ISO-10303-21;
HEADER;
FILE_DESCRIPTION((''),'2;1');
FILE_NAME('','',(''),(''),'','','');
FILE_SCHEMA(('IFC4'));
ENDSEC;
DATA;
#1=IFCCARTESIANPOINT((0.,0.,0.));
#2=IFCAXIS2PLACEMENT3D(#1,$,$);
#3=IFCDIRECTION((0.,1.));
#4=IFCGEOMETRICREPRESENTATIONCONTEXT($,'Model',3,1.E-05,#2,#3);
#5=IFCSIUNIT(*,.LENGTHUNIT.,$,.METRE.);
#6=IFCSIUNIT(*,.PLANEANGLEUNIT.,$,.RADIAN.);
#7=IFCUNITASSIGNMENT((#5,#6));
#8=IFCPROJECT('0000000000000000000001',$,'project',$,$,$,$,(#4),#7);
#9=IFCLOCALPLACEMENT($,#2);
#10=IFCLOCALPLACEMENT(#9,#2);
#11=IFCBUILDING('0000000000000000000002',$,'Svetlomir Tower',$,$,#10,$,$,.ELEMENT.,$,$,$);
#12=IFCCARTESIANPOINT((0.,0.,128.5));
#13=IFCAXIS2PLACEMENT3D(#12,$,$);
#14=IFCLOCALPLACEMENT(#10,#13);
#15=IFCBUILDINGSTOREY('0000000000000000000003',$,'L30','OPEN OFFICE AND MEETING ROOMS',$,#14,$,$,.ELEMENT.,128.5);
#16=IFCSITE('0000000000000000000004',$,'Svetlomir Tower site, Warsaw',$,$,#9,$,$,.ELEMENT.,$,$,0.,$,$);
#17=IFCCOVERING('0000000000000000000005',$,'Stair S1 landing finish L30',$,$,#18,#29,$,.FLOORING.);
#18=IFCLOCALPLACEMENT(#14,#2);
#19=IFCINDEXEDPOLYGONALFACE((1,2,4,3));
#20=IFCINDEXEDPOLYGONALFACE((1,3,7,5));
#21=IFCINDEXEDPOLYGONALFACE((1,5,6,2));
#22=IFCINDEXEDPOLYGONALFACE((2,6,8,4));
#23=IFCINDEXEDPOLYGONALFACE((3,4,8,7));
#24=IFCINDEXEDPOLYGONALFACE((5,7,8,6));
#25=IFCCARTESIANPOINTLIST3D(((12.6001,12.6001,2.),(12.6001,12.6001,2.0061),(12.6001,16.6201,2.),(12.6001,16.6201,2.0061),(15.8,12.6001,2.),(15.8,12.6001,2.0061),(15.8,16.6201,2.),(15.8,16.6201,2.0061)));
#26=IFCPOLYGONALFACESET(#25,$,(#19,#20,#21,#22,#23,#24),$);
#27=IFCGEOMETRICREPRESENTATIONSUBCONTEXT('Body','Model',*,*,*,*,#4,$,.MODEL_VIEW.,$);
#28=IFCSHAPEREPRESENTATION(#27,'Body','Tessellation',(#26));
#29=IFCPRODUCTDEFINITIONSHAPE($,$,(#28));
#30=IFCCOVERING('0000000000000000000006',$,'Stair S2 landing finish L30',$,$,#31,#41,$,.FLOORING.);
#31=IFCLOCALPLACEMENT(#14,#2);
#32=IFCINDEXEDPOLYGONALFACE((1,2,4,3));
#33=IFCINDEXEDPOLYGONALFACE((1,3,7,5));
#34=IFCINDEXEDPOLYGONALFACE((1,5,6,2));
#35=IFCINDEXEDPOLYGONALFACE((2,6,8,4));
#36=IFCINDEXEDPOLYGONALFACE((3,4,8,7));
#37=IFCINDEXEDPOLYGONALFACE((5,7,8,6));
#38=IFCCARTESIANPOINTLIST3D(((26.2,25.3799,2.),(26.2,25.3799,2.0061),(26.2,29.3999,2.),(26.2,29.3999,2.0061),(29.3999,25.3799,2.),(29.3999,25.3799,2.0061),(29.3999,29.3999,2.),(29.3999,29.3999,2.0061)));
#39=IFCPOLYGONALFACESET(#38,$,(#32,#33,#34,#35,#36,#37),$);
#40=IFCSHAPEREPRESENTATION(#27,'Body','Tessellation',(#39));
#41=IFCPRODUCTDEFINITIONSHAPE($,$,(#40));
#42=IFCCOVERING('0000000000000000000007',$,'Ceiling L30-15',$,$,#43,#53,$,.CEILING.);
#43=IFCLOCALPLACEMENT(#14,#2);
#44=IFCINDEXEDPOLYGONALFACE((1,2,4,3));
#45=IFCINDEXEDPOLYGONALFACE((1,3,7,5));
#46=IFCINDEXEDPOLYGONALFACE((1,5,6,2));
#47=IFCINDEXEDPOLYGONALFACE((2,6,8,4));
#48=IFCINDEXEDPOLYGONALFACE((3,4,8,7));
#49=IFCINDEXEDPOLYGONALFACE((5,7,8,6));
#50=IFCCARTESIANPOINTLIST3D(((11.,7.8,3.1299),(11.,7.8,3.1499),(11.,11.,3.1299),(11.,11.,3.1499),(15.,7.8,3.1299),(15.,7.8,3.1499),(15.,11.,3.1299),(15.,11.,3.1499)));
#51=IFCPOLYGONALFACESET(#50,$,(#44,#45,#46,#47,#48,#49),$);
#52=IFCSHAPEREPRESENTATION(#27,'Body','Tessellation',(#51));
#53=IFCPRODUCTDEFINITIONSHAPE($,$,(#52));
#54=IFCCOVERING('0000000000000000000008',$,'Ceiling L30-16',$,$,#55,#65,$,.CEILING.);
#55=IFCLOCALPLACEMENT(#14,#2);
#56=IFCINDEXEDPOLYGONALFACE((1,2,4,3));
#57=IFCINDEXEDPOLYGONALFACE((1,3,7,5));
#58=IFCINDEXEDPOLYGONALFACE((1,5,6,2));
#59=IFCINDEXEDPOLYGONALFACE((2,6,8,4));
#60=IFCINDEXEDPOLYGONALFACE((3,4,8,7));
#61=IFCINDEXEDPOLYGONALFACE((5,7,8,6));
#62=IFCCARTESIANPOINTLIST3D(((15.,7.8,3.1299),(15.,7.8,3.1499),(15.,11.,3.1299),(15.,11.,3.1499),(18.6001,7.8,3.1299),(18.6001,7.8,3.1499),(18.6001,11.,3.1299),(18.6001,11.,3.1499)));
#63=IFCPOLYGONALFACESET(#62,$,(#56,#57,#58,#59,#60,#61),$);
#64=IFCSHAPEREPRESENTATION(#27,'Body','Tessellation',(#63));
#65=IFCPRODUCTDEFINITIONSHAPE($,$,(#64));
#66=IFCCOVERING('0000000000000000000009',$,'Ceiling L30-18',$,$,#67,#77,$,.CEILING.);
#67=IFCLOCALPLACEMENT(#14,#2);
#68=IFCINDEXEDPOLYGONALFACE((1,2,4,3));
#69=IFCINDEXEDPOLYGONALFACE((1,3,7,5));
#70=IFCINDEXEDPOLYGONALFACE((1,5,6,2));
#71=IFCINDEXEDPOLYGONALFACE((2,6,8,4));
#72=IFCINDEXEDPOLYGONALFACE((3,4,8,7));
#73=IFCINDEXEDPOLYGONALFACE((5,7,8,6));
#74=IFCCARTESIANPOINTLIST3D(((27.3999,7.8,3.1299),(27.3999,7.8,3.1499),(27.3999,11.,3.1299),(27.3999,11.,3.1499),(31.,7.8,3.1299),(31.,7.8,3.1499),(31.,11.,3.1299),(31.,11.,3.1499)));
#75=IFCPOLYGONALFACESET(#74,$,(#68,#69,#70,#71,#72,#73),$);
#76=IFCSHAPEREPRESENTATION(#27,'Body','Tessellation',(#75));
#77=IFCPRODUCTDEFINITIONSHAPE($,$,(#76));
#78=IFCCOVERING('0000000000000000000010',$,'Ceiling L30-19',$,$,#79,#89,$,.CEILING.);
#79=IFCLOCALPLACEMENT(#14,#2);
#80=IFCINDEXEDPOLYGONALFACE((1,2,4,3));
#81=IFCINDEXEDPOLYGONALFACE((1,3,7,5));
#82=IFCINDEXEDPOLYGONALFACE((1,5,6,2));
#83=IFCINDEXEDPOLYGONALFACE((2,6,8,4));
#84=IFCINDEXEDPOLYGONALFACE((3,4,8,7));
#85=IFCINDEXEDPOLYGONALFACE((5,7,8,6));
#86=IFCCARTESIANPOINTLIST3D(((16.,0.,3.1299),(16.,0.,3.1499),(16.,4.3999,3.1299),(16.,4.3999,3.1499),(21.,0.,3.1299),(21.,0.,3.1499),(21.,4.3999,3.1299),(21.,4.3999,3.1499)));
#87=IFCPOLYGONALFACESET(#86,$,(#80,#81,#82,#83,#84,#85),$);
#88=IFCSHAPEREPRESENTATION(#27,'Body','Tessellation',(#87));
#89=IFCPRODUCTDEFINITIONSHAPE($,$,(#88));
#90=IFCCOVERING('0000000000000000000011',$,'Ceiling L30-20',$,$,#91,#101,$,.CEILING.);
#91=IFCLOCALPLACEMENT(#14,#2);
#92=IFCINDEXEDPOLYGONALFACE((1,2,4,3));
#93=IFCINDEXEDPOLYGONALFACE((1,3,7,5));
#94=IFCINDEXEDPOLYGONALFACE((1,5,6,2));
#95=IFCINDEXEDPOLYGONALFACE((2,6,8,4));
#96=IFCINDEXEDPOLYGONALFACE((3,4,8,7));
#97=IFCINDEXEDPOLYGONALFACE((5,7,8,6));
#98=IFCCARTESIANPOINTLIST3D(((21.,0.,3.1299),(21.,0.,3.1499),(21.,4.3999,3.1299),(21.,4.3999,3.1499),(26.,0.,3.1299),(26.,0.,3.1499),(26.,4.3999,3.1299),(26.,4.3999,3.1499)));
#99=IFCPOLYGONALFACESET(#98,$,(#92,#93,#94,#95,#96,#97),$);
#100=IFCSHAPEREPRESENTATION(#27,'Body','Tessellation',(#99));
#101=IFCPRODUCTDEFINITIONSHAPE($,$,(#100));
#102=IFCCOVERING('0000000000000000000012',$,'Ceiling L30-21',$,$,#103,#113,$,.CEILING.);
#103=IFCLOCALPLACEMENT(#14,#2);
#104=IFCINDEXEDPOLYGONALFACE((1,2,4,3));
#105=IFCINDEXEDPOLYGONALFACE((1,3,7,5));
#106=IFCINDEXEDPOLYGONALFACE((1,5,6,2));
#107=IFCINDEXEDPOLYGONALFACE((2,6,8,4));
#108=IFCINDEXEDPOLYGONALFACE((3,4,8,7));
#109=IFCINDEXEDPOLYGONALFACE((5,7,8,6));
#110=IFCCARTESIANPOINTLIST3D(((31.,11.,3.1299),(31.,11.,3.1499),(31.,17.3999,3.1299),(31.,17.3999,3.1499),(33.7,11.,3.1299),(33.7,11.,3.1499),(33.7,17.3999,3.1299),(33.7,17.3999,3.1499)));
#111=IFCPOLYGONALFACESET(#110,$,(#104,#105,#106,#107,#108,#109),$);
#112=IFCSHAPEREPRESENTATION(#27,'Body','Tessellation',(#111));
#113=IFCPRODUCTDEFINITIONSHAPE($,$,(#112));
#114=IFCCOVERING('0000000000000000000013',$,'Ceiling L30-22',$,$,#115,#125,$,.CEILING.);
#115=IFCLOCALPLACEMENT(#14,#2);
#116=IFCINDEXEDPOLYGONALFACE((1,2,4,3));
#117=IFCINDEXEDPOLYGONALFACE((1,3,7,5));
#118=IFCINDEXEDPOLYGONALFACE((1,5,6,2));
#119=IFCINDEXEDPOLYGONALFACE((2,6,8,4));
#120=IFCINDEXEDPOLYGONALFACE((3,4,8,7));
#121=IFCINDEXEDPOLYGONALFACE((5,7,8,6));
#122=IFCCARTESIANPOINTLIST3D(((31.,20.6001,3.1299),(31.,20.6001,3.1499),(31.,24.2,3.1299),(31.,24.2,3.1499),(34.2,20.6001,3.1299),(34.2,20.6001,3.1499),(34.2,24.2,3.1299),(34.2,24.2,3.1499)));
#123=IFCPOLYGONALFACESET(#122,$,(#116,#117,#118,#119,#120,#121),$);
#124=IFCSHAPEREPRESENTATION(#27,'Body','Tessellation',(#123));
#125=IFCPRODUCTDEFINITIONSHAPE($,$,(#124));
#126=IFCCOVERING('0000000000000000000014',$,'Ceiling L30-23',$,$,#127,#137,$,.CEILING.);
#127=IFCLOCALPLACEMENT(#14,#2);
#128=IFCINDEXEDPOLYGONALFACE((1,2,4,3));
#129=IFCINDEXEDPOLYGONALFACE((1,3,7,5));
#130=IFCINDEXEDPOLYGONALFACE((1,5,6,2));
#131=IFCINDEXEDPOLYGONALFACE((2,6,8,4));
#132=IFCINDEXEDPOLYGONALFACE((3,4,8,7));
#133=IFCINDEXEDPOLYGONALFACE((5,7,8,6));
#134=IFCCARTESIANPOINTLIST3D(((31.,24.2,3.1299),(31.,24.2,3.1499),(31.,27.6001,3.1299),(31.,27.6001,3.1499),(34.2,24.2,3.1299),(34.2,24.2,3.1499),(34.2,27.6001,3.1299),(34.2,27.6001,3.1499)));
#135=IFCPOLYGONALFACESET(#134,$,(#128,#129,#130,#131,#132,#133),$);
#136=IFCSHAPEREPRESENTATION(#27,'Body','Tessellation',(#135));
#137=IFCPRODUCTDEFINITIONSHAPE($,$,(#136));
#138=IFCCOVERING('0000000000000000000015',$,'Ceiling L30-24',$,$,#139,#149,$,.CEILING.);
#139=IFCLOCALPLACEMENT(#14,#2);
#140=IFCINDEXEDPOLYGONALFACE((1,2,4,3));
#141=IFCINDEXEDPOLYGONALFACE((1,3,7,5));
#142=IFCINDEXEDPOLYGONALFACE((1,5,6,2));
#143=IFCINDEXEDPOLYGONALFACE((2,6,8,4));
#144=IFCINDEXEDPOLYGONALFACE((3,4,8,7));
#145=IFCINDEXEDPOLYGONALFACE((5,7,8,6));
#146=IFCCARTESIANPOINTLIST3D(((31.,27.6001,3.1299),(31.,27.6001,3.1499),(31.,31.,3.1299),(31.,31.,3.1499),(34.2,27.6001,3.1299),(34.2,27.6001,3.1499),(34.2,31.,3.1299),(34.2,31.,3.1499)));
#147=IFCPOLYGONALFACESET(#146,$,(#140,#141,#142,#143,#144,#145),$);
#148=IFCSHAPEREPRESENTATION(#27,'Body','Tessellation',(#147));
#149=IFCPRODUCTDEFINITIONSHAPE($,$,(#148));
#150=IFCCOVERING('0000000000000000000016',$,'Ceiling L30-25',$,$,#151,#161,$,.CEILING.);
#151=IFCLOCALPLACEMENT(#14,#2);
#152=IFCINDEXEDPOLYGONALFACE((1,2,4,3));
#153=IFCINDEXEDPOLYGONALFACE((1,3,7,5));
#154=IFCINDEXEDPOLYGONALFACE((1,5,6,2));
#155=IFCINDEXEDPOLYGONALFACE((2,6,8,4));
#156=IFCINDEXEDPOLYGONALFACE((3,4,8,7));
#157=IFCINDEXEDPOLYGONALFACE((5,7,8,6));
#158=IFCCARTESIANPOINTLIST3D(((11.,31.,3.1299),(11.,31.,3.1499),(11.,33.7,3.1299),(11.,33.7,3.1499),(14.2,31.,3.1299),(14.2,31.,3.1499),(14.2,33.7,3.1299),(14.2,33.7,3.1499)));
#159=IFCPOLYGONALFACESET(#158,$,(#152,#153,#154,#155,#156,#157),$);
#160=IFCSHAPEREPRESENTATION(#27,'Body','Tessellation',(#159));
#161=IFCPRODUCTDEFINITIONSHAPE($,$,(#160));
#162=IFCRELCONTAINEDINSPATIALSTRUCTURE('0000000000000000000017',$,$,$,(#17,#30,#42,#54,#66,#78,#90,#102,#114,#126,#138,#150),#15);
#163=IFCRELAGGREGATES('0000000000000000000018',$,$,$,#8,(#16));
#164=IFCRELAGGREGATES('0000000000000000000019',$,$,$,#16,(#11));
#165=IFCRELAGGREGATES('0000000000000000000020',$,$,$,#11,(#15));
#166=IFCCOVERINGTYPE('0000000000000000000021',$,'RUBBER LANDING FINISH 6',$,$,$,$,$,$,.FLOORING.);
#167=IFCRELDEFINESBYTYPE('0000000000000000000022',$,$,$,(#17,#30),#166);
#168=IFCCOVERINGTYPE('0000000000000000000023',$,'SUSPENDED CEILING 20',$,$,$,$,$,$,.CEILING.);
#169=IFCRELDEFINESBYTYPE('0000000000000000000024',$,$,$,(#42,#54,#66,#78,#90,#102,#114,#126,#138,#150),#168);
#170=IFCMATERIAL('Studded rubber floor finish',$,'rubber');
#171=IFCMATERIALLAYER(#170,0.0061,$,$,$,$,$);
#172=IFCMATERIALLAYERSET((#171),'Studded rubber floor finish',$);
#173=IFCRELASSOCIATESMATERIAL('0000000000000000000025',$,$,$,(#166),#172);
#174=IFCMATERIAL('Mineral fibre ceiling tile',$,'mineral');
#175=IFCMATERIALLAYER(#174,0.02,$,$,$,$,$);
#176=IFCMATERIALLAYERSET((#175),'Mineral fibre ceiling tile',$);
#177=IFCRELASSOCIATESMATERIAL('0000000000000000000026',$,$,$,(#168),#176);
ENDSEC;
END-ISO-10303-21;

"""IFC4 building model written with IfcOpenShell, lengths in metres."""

from ifc_helpers import new_model, si_unit, direction, frame, origin, place, context, subcontext, project, spatial, polyline, outline, extrude, material, layer, layer_set, type_object, element, save


model = new_model("IFC4")

# Units and contexts
model_context = context("Model", 3, precision=1e-05, world=origin(), true_north=direction((0.0, 1.0)))
body_context = subcontext(model_context, "Body", "Model", "MODEL_VIEW")
ifc_project = project(units=[si_unit("LENGTHUNIT", "METRE"), si_unit("PLANEANGLEUNIT", "RADIAN")], contexts=[model_context])

# Site, building, storey
site_placement = place(None, origin())
site = spatial("IfcSite", under=ifc_project, at=site_placement, Name="Svetlomir Tower site, Warsaw", CompositionType="ELEMENT", RefElevation=0.0)
building_placement = place(site_placement, origin())
building = spatial("IfcBuilding", under=site, at=building_placement, Name="Svetlomir Tower", CompositionType="ELEMENT")
storey_placement = place(building_placement, frame((0.0, 0.0, 128.5)))
storey = spatial("IfcBuildingStorey", under=building, at=storey_placement, Name="L30", Description="OPEN OFFICE AND MEETING ROOMS", CompositionType="ELEMENT", Elevation=128.5)

# Coverings
ifc_material_1 = material(Name="Studded rubber floor finish", Category="rubber")
ifc_layer_1 = layer(ifc_material_1, 0.0061)
ifc_layer_set_1 = layer_set([ifc_layer_1], Name="Studded rubber floor finish")
covering_type_1 = type_object("IfcCoveringType", Name="RUBBER LANDING FINISH 6", PredefinedType="FLOORING", material=ifc_layer_set_1)
covering_1_placement = place(storey_placement, frame((0.0, 0.0, 2.0)))
element("IfcCovering", 1, at=covering_1_placement, inside=storey, type_object=covering_type_1, Name="Stair S1 landing finish L30", PredefinedType="FLOORING", context=body_context, shape_type="SweptSolid", body=[
    extrude(outline(polyline([(12.6001, 12.6001), (15.8, 12.6001), (15.8, 16.6201), (12.6001, 16.6201), (12.6001, 12.6001)])), origin(), (0.0, 0.0, 1.0), 0.0061),
])
covering_2_placement = place(storey_placement, frame((0.0, 0.0, 2.0)))
element("IfcCovering", 2, at=covering_2_placement, inside=storey, type_object=covering_type_1, Name="Stair S2 landing finish L30", PredefinedType="FLOORING", context=body_context, shape_type="SweptSolid", body=[
    extrude(outline(polyline([(26.2, 25.3799), (29.3999, 25.3799), (29.3999, 29.3999), (26.2, 29.3999), (26.2, 25.3799)])), origin(), (0.0, 0.0, 1.0), 0.0061),
])
ifc_material_2 = material(Name="Mineral fibre ceiling tile", Category="mineral")
ifc_layer_2 = layer(ifc_material_2, 0.02)
ifc_layer_set_2 = layer_set([ifc_layer_2], Name="Mineral fibre ceiling tile")
covering_type_2 = type_object("IfcCoveringType", Name="SUSPENDED CEILING 20", PredefinedType="CEILING", material=ifc_layer_set_2)
covering_3_placement = place(storey_placement, frame((0.0, 0.0, 3.1299)))
element("IfcCovering", 3, at=covering_3_placement, inside=storey, type_object=covering_type_2, Name="Ceiling L30-15", PredefinedType="CEILING", context=body_context, shape_type="SweptSolid", body=[
    extrude(outline(polyline([(11.0, 7.8), (15.0, 7.8), (15.0, 11.0), (11.0, 11.0), (11.0, 7.8)])), origin(), (0.0, 0.0, 1.0), 0.02),
])
covering_4_placement = place(storey_placement, frame((0.0, 0.0, 3.1299)))
element("IfcCovering", 4, at=covering_4_placement, inside=storey, type_object=covering_type_2, Name="Ceiling L30-16", PredefinedType="CEILING", context=body_context, shape_type="SweptSolid", body=[
    extrude(outline(polyline([(15.0, 7.8), (18.6001, 7.8), (18.6001, 11.0), (15.0, 11.0), (15.0, 7.8)])), origin(), (0.0, 0.0, 1.0), 0.02),
])
covering_5_placement = place(storey_placement, frame((0.0, 0.0, 3.1299)))
element("IfcCovering", 5, at=covering_5_placement, inside=storey, type_object=covering_type_2, Name="Ceiling L30-18", PredefinedType="CEILING", context=body_context, shape_type="SweptSolid", body=[
    extrude(outline(polyline([(27.3999, 7.8), (31.0, 7.8), (31.0, 11.0), (27.3999, 11.0), (27.3999, 7.8)])), origin(), (0.0, 0.0, 1.0), 0.02),
])
covering_6_placement = place(storey_placement, frame((0.0, 0.0, 3.1299)))
element("IfcCovering", 6, at=covering_6_placement, inside=storey, type_object=covering_type_2, Name="Ceiling L30-19", PredefinedType="CEILING", context=body_context, shape_type="SweptSolid", body=[
    extrude(outline(polyline([(16.0, 0.0), (21.0, 0.0), (21.0, 4.3999), (16.0, 4.3999), (16.0, 0.0)])), origin(), (0.0, 0.0, 1.0), 0.02),
])
covering_7_placement = place(storey_placement, frame((0.0, 0.0, 3.1299)))
element("IfcCovering", 7, at=covering_7_placement, inside=storey, type_object=covering_type_2, Name="Ceiling L30-20", PredefinedType="CEILING", context=body_context, shape_type="SweptSolid", body=[
    extrude(outline(polyline([(21.0, 0.0), (26.0, 0.0), (26.0, 4.3999), (21.0, 4.3999), (21.0, 0.0)])), origin(), (0.0, 0.0, 1.0), 0.02),
])
covering_8_placement = place(storey_placement, frame((0.0, 0.0, 3.1299)))
element("IfcCovering", 8, at=covering_8_placement, inside=storey, type_object=covering_type_2, Name="Ceiling L30-21", PredefinedType="CEILING", context=body_context, shape_type="SweptSolid", body=[
    extrude(outline(polyline([(31.0, 11.0), (33.7, 11.0), (33.7, 17.3999), (31.0, 17.3999), (31.0, 11.0)])), origin(), (0.0, 0.0, 1.0), 0.02),
])
covering_9_placement = place(storey_placement, frame((0.0, 0.0, 3.1299)))
element("IfcCovering", 9, at=covering_9_placement, inside=storey, type_object=covering_type_2, Name="Ceiling L30-22", PredefinedType="CEILING", context=body_context, shape_type="SweptSolid", body=[
    extrude(outline(polyline([(31.0, 20.6001), (34.2, 20.6001), (34.2, 24.2), (31.0, 24.2), (31.0, 20.6001)])), origin(), (0.0, 0.0, 1.0), 0.02),
])
covering_10_placement = place(storey_placement, frame((0.0, 0.0, 3.1299)))
element("IfcCovering", 10, at=covering_10_placement, inside=storey, type_object=covering_type_2, Name="Ceiling L30-23", PredefinedType="CEILING", context=body_context, shape_type="SweptSolid", body=[
    extrude(outline(polyline([(31.0, 24.2), (34.2, 24.2), (34.2, 27.6001), (31.0, 27.6001), (31.0, 24.2)])), origin(), (0.0, 0.0, 1.0), 0.02),
])
covering_11_placement = place(storey_placement, frame((0.0, 0.0, 3.1299)))
element("IfcCovering", 11, at=covering_11_placement, inside=storey, type_object=covering_type_2, Name="Ceiling L30-24", PredefinedType="CEILING", context=body_context, shape_type="SweptSolid", body=[
    extrude(outline(polyline([(31.0, 27.6001), (34.2, 27.6001), (34.2, 31.0), (31.0, 31.0), (31.0, 27.6001)])), origin(), (0.0, 0.0, 1.0), 0.02),
])
covering_12_placement = place(storey_placement, frame((0.0, 0.0, 3.1299)))
element("IfcCovering", 12, at=covering_12_placement, inside=storey, type_object=covering_type_2, Name="Ceiling L30-25", PredefinedType="CEILING", context=body_context, shape_type="SweptSolid", body=[
    extrude(outline(polyline([(11.0, 31.0), (14.2, 31.0), (14.2, 33.7), (11.0, 33.7), (11.0, 31.0)])), origin(), (0.0, 0.0, 1.0), 0.02),
])

save(model, "model.ifc")
